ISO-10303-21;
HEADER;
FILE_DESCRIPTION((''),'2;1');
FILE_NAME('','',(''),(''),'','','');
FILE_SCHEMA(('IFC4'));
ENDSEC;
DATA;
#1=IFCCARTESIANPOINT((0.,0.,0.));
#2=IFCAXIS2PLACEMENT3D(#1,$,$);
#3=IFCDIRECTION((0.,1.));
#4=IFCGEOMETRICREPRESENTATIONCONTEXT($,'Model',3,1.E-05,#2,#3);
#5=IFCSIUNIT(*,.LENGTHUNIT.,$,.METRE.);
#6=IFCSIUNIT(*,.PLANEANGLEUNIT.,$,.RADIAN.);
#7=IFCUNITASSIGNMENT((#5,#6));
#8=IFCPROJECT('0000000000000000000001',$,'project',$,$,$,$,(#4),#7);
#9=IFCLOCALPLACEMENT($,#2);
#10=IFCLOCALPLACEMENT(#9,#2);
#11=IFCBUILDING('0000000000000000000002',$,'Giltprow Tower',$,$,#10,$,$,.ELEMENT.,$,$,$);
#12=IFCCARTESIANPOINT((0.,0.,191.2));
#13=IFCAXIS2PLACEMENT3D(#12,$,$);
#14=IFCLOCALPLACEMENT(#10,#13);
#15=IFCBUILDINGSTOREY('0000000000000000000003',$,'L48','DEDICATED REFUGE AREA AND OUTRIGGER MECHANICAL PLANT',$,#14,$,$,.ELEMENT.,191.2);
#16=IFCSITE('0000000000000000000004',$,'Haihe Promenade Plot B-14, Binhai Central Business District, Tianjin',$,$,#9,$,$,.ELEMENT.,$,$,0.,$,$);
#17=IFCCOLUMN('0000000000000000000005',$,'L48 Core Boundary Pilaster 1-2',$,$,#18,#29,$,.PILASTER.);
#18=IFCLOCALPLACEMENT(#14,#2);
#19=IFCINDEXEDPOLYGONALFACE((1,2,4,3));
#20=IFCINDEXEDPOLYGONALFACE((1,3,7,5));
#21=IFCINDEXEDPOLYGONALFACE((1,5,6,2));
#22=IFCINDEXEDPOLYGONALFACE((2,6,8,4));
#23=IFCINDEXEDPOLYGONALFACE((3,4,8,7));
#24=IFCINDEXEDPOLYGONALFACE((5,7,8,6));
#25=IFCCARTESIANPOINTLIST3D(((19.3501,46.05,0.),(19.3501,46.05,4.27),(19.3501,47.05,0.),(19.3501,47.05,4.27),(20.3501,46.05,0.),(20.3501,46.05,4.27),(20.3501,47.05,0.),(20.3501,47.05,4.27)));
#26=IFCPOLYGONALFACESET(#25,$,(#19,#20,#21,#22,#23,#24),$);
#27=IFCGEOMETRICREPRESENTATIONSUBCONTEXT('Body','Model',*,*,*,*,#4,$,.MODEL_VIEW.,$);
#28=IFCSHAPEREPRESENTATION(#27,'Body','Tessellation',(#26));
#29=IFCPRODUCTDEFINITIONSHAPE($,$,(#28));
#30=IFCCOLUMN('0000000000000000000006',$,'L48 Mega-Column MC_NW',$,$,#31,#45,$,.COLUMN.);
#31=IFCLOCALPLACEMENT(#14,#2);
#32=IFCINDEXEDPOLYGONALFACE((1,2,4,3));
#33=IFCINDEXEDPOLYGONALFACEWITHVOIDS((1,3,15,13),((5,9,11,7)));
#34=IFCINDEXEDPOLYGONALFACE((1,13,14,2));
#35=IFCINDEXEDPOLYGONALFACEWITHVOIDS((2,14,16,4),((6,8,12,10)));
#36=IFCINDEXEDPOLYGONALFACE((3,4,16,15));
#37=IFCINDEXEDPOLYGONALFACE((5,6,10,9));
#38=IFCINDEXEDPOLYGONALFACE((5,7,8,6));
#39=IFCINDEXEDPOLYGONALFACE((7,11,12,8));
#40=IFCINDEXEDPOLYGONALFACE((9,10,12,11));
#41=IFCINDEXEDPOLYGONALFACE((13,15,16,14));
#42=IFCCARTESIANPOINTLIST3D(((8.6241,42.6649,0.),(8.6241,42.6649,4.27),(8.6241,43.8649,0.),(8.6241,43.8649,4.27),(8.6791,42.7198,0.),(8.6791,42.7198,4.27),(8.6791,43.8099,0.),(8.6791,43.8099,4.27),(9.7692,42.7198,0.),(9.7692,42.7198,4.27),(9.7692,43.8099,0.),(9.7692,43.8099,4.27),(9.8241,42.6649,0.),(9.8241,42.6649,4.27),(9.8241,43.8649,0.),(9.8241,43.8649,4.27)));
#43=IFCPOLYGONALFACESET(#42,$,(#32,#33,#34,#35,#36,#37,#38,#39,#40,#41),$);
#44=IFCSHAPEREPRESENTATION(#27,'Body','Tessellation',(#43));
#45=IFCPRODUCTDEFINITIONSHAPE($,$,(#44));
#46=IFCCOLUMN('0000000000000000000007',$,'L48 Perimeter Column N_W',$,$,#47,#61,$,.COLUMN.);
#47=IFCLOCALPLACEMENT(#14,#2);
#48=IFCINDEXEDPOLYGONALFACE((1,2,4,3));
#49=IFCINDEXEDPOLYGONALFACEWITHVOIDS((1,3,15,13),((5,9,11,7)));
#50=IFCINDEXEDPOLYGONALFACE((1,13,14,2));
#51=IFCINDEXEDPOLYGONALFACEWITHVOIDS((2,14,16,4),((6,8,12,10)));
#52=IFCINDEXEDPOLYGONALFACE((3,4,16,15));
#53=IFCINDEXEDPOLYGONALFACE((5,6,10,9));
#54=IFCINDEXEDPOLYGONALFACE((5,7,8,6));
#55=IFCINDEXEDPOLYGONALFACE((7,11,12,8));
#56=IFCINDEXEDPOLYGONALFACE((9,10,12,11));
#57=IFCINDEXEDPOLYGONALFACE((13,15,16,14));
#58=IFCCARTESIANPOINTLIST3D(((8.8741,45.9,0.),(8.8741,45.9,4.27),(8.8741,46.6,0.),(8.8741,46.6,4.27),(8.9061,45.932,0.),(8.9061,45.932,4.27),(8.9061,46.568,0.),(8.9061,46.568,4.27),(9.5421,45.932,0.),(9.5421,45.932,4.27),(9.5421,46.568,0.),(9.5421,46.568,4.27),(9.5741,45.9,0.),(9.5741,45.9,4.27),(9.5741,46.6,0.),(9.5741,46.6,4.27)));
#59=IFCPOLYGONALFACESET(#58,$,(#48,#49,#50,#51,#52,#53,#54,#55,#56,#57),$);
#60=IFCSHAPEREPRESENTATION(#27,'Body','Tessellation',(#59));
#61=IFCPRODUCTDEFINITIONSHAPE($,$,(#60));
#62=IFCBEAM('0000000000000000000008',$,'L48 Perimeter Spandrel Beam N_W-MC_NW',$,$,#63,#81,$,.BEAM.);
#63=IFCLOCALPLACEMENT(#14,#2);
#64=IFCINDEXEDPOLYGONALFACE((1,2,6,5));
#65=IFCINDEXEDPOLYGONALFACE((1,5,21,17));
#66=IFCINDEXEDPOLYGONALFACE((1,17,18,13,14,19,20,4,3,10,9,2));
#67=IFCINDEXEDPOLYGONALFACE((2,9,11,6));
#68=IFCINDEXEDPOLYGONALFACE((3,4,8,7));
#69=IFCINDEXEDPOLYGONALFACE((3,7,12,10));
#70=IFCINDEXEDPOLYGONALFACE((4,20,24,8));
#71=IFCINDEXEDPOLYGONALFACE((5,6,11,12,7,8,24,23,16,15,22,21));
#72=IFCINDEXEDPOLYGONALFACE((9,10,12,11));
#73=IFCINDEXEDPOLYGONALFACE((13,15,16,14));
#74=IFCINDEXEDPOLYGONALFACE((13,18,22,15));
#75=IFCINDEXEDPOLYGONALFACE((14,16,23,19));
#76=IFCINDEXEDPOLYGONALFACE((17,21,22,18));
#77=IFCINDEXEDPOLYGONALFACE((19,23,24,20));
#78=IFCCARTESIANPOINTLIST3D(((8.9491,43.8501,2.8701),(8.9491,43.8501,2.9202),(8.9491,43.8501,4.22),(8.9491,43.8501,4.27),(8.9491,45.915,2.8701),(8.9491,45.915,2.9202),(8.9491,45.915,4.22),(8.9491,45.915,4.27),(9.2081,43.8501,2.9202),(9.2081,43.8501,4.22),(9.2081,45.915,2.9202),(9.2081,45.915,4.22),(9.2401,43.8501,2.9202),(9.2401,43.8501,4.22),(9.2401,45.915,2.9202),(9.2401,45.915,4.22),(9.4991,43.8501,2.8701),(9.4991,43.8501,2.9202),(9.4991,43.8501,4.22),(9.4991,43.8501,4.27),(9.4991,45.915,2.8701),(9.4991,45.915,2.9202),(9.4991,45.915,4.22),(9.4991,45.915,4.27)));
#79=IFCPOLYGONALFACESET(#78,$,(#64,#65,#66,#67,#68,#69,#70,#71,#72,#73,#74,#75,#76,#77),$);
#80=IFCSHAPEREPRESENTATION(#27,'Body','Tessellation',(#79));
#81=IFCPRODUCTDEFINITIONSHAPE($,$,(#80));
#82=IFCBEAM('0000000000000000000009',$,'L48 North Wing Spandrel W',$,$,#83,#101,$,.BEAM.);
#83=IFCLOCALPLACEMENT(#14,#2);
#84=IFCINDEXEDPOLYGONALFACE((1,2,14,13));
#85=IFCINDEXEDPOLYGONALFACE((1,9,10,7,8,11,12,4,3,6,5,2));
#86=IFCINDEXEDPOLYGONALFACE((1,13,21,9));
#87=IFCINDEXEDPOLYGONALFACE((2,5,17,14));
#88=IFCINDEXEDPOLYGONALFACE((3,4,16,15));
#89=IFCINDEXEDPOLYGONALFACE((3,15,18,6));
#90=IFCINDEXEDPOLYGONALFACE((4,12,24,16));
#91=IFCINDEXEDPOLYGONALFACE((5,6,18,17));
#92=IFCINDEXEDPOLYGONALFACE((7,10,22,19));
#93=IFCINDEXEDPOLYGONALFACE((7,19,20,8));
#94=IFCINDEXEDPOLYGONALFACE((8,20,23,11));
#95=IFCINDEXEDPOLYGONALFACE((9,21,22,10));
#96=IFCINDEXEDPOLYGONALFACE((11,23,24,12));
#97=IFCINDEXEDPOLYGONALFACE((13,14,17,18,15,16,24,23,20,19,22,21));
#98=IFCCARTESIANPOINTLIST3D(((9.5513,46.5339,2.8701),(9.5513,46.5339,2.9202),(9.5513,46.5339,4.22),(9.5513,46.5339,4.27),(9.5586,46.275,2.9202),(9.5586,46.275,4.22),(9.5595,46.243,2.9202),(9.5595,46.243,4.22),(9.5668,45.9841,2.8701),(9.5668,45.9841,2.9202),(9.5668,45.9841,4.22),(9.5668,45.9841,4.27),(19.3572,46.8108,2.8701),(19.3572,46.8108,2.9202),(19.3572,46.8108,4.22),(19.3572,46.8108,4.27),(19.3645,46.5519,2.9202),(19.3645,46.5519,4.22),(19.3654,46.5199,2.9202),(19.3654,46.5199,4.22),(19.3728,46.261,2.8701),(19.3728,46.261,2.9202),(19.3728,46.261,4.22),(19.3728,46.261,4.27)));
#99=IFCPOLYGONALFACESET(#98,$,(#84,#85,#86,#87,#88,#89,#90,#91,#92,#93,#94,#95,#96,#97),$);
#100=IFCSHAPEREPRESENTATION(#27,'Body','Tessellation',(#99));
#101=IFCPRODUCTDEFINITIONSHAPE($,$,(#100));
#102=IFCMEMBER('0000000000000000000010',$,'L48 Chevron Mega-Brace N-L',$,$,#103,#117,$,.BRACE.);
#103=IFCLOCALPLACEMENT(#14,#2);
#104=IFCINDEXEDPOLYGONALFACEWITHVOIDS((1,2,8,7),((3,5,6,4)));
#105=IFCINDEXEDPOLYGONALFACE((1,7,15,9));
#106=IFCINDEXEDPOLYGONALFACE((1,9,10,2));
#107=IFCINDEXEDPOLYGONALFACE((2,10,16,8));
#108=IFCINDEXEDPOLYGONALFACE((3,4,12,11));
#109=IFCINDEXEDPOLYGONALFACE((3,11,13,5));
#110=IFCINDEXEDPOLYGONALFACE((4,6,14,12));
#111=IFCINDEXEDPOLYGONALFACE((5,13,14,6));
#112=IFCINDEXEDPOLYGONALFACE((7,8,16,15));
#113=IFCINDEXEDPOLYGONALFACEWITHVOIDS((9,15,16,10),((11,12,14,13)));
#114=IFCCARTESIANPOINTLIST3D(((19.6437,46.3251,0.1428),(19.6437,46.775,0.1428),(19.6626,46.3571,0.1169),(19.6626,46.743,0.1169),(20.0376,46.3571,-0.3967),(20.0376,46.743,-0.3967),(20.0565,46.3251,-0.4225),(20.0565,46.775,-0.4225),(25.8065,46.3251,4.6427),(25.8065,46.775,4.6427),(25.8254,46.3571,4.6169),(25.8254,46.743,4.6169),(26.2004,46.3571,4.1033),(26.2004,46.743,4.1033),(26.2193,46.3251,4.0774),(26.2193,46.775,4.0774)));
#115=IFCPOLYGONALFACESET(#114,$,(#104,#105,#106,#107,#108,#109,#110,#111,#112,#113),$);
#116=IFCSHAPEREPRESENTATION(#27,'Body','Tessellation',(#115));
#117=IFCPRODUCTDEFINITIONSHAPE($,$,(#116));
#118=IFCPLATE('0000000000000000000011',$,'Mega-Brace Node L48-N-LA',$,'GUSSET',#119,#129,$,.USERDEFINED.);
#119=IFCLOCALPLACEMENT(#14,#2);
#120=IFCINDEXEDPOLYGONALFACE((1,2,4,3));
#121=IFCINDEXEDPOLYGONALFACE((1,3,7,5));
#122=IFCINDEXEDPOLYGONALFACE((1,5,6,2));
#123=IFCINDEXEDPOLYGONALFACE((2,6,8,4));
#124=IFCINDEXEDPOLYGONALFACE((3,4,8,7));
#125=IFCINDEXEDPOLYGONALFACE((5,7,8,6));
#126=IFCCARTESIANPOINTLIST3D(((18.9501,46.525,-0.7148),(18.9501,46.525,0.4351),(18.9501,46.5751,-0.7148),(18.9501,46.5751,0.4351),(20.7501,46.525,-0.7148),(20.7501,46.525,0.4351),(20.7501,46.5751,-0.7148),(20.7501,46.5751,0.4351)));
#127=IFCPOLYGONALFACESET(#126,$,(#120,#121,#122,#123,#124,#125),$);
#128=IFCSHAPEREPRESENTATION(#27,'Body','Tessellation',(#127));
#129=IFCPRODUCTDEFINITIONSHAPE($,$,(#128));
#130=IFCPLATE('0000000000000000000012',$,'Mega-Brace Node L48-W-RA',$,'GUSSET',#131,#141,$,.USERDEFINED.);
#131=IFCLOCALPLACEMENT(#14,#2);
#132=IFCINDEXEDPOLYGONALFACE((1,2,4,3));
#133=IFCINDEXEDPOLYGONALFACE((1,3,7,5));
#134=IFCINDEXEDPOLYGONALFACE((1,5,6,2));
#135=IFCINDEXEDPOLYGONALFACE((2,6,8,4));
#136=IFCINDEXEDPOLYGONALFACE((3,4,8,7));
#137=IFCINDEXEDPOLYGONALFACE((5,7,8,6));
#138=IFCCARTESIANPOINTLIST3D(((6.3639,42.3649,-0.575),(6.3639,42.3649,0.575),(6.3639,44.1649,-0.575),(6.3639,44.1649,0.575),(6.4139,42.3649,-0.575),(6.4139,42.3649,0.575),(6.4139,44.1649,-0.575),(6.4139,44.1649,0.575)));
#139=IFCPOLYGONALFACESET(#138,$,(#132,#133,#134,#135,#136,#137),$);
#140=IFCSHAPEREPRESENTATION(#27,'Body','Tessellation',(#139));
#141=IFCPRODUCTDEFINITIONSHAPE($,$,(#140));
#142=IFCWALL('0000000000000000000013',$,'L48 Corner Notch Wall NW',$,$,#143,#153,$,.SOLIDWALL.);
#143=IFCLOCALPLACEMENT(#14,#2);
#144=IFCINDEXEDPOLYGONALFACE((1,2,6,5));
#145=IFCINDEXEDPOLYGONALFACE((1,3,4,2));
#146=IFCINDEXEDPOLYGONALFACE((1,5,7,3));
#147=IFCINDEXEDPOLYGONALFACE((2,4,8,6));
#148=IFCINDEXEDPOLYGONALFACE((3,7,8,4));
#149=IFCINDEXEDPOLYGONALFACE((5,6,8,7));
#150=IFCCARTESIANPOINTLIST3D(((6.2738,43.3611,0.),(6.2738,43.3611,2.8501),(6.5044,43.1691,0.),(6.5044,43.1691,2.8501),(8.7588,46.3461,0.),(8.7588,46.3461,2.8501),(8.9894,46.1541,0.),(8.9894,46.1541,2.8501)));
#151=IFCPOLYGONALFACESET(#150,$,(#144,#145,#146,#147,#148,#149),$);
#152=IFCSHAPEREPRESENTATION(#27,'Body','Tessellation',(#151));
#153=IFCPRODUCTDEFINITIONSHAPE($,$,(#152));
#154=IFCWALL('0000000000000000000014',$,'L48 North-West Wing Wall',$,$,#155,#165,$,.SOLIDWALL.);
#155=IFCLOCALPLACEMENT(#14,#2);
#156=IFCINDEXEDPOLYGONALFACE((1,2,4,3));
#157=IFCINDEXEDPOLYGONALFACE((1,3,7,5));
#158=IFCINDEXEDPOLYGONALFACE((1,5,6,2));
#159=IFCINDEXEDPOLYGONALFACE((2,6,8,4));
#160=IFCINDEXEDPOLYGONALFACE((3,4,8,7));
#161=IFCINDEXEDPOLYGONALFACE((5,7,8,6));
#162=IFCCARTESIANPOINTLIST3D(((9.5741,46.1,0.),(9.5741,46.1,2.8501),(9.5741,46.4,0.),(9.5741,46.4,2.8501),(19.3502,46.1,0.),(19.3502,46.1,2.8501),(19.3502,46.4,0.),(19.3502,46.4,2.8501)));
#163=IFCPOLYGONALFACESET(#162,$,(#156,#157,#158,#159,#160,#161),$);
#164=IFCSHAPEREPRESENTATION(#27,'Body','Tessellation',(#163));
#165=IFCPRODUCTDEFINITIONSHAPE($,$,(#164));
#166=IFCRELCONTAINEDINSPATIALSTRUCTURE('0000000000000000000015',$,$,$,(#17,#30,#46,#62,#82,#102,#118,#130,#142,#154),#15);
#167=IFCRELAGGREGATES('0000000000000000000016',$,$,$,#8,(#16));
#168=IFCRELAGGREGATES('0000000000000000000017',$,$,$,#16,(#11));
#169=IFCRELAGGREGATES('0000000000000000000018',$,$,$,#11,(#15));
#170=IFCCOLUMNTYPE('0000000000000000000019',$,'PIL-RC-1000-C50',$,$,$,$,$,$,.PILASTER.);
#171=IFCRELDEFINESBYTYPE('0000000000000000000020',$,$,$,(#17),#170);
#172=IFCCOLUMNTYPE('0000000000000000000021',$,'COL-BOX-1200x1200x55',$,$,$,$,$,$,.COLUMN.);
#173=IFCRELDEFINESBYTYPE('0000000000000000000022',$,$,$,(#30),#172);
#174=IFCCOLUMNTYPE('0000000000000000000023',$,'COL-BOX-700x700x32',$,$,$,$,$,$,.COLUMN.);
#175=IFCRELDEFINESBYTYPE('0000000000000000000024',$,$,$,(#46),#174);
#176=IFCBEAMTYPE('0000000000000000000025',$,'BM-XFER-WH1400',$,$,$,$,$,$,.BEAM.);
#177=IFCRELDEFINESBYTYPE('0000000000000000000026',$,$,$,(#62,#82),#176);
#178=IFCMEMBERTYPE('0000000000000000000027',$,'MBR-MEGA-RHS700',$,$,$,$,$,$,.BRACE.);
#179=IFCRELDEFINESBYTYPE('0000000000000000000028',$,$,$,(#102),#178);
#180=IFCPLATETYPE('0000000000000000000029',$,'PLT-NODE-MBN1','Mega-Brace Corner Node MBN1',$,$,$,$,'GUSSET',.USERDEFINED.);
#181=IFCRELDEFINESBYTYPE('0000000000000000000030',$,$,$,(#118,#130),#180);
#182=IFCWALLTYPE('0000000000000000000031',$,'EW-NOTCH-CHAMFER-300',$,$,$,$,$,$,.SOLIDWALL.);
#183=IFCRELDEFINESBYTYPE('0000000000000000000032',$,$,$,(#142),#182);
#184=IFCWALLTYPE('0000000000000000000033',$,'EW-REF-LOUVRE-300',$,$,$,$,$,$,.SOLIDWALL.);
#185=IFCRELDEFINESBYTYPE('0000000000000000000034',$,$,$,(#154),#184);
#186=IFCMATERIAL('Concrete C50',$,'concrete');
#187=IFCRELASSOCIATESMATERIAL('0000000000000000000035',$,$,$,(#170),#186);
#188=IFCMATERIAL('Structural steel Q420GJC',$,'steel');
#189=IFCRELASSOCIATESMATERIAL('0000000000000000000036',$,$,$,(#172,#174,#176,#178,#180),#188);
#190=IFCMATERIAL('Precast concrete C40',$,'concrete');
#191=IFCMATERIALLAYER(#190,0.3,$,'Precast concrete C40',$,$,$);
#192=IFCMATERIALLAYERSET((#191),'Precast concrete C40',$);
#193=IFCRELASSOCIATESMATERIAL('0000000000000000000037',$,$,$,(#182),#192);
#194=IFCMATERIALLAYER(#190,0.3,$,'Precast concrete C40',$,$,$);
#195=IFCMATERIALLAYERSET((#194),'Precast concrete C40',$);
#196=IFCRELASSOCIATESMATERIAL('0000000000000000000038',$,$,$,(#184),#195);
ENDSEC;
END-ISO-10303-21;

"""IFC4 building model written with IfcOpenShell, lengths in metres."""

from ifc_helpers import new_model, si_unit, direction, frame, frame_2d, origin, origin_2d, place, context, subcontext, project, spatial, rectangle, hollow_rectangle, i_section, extrude, source, transform, mapped, material, layer, layer_set, material_profile, profile_set, type_object, element, save


model = new_model("IFC4")

# Units and contexts
model_context = context("Model", 3, precision=1e-05, world=origin(), true_north=direction((0.0, 1.0)))
body_context = subcontext(model_context, "Body", "Model", "MODEL_VIEW")
ifc_project = project(units=[si_unit("LENGTHUNIT", "METRE"), si_unit("PLANEANGLEUNIT", "RADIAN")], contexts=[model_context])

# Site, building, storey
site_placement = place(None, origin())
site = spatial("IfcSite", under=ifc_project, at=site_placement, Name="Haihe Promenade Plot B-14, Binhai Central Business District, Tianjin", CompositionType="ELEMENT", RefElevation=0.0)
building_placement = place(site_placement, origin())
building = spatial("IfcBuilding", under=site, at=building_placement, Name="Giltprow Tower", CompositionType="ELEMENT")
storey_placement = place(building_placement, frame((0.0, 0.0, 191.2)))
storey = spatial("IfcBuildingStorey", under=building, at=storey_placement, Name="L48", Description="DEDICATED REFUGE AREA AND OUTRIGGER MECHANICAL PLANT", CompositionType="ELEMENT", Elevation=191.2)

# Columns
ifc_material_1 = material(Name="Concrete C50", Category="concrete")
ifc_material_profile_1 = material_profile(ifc_material_1, rectangle(XDim=1.0, YDim=1.0, at=origin_2d()), Name="RC 1000x1000")
ifc_profile_set_1 = profile_set([ifc_material_profile_1], Name="Concrete C50")
column_type_1 = type_object("IfcColumnType", Name="PIL-RC-1000-C50", PredefinedType="PILASTER", material=ifc_profile_set_1)
shared_shape_1 = source(origin(), body_context, "Body", "SweptSolid", [
    extrude(rectangle(XDim=1.0, YDim=1.0, at=origin_2d()), origin(), (0.0, 0.0, 1.0), 4.27),
])
column_1_placement = place(storey_placement, frame((19.8501, 46.55, 0.0), z_axis=(0.0, 0.0, 1.0), x_axis=(1.0, 0.0, 0.0)))
element("IfcColumn", 1, at=column_1_placement, inside=storey, type_object=column_type_1, Name="L48 Core Boundary Pilaster 1-2", PredefinedType="PILASTER", context=body_context, shape_type="MappedRepresentation", body=[
    mapped(shared_shape_1, transform((0.0, 0.0, 0.0), x_axis=(1.0, 0.0, 0.0), y_axis=(0.0, 1.0, 0.0), z_axis=(0.0, 0.0, 1.0), scale=1.0)),
])
ifc_material_2 = material(Name="Structural steel Q420GJC", Category="steel")
ifc_material_profile_2 = material_profile(ifc_material_2, hollow_rectangle(XDim=1.2, YDim=1.2, WallThickness=0.0549, at=origin_2d()), Name="BOX 1200x1200x55")
ifc_profile_set_2 = profile_set([ifc_material_profile_2], Name="Structural steel Q420GJC")
column_type_2 = type_object("IfcColumnType", Name="COL-BOX-1200x1200x55", PredefinedType="COLUMN", material=ifc_profile_set_2)
shared_shape_2 = source(origin(), body_context, "Body", "SweptSolid", [
    extrude(hollow_rectangle(XDim=1.2, YDim=1.2, WallThickness=0.0549, at=origin_2d()), origin(), (0.0, 0.0, 1.0), 4.27),
])
column_2_placement = place(storey_placement, frame((9.2241, 43.2649, 0.0), z_axis=(0.0, 0.0, 1.0), x_axis=(1.0, 0.0, 0.0)))
element("IfcColumn", 2, at=column_2_placement, inside=storey, type_object=column_type_2, Name="L48 Mega-Column MC_NW", PredefinedType="COLUMN", context=body_context, shape_type="MappedRepresentation", body=[
    mapped(shared_shape_2, transform((0.0, 0.0, 0.0), x_axis=(1.0, 0.0, 0.0), y_axis=(0.0, 1.0, 0.0), z_axis=(0.0, 0.0, 1.0), scale=1.0)),
])
ifc_material_profile_3 = material_profile(ifc_material_2, hollow_rectangle(XDim=0.7, YDim=0.7, WallThickness=0.032, at=origin_2d()), Name="BOX 700x700x32")
ifc_profile_set_3 = profile_set([ifc_material_profile_3], Name="Structural steel Q420GJC")
column_type_3 = type_object("IfcColumnType", Name="COL-BOX-700x700x32", PredefinedType="COLUMN", material=ifc_profile_set_3)
shared_shape_3 = source(origin(), body_context, "Body", "SweptSolid", [
    extrude(hollow_rectangle(XDim=0.7, YDim=0.7, WallThickness=0.032, at=origin_2d()), origin(), (0.0, 0.0, 1.0), 4.27),
])
column_3_placement = place(storey_placement, frame((9.2241, 46.25, 0.0), z_axis=(0.0, 0.0, 1.0), x_axis=(1.0, 0.0, 0.0)))
element("IfcColumn", 3, at=column_3_placement, inside=storey, type_object=column_type_3, Name="L48 Perimeter Column N_W", PredefinedType="COLUMN", context=body_context, shape_type="MappedRepresentation", body=[
    mapped(shared_shape_3, transform((0.0, 0.0, 0.0), x_axis=(1.0, 0.0, 0.0), y_axis=(0.0, 1.0, 0.0), z_axis=(0.0, 0.0, 1.0), scale=1.0)),
])

# Beams
ifc_material_profile_4 = material_profile(ifc_material_2, i_section(OverallWidth=0.55, OverallDepth=1.3999, WebThickness=0.032, FlangeThickness=0.05, at=origin_2d()), Name="WH 1400x550x32x50")
ifc_profile_set_4 = profile_set([ifc_material_profile_4], Name="Structural steel Q420GJC")
beam_type = type_object("IfcBeamType", Name="BM-XFER-WH1400", PredefinedType="BEAM", material=ifc_profile_set_4)
shared_shape_4 = source(origin(), body_context, "Body", "SweptSolid", [
    extrude(i_section(OverallWidth=0.55, OverallDepth=1.3999, WebThickness=0.032, FlangeThickness=0.05, at=origin_2d()), origin(), (0.0, 0.0, 1.0), 2.0649),
])
beam_1_placement = place(storey_placement, frame((9.2241, 45.915, 3.5701), z_axis=(0.0, -1.0, 0.0), x_axis=(1.0, 0.0, 0.0)))
element("IfcBeam", 4, at=beam_1_placement, inside=storey, type_object=beam_type, Name="L48 Perimeter Spandrel Beam N_W-MC_NW", PredefinedType="BEAM", context=body_context, shape_type="MappedRepresentation", body=[
    mapped(shared_shape_4, transform((0.0, 0.0, 0.0), x_axis=(1.0, 0.0, 0.0), y_axis=(0.0, 1.0, 0.0), z_axis=(0.0, 0.0, 1.0), scale=1.0)),
])
shared_shape_5 = source(origin(), body_context, "Body", "SweptSolid", [
    extrude(i_section(OverallWidth=0.55, OverallDepth=1.3999, WebThickness=0.032, FlangeThickness=0.05, at=origin_2d()), origin(), (0.0, 0.0, 1.0), 9.8098),
])
beam_2_placement = place(storey_placement, frame((9.5591, 46.259, 3.5701), z_axis=(0.999602, 0.028222, 0.0), x_axis=(-0.028222, 0.999602, 0.0)))
element("IfcBeam", 5, at=beam_2_placement, inside=storey, type_object=beam_type, Name="L48 North Wing Spandrel W", PredefinedType="BEAM", context=body_context, shape_type="MappedRepresentation", body=[
    mapped(shared_shape_5, transform((0.0, 0.0, 0.0), x_axis=(1.0, 0.0, 0.0), y_axis=(0.0, 1.0, 0.0), z_axis=(0.0, 0.0, 1.0), scale=1.0)),
])

# Member
ifc_material_profile_5 = material_profile(ifc_material_2, hollow_rectangle(XDim=0.45, YDim=0.7, WallThickness=0.032, at=origin_2d()), Name="RHS 700x450x32")
ifc_profile_set_5 = profile_set([ifc_material_profile_5], Name="Structural steel Q420GJC")
member_type = type_object("IfcMemberType", Name="MBR-MEGA-RHS700", PredefinedType="BRACE", material=ifc_profile_set_5)
shared_shape_6 = source(origin(), body_context, "Body", "SweptSolid", [
    extrude(hollow_rectangle(XDim=0.45, YDim=0.7, WallThickness=0.032, at=origin_2d()), origin(), (0.0, 0.0, 1.0), 7.6309),
])
member_placement = place(storey_placement, frame((19.8501, 46.55, -0.1399), z_axis=(0.807617, 0.0, 0.589708), x_axis=(0.0, 1.0, 0.0)))
element("IfcMember", 6, at=member_placement, inside=storey, type_object=member_type, Name="L48 Chevron Mega-Brace N-L", PredefinedType="BRACE", context=body_context, shape_type="MappedRepresentation", body=[
    mapped(shared_shape_6, transform((0.0, 0.0, 0.0), x_axis=(1.0, 0.0, 0.0), y_axis=(0.0, 1.0, 0.0), z_axis=(0.0, 0.0, 1.0), scale=1.0)),
])

# Plates
plate_type = type_object("IfcPlateType", Name="PLT-NODE-MBN1", Description="Mega-Brace Corner Node MBN1", ElementType="GUSSET", PredefinedType="USERDEFINED", material=ifc_material_2)
shared_shape_7 = source(origin(), body_context, "Body", "SweptSolid", [
    extrude(rectangle(XDim=1.8, YDim=0.05, at=origin_2d()), origin(), (0.0, 0.0, 1.0), 1.1499),
])
for number, where, z_axis, x_axis, name in (
    (7, (19.8501, 46.55, -0.7148), (0.0, 0.0, 1.0), (1.0, 0.0, 0.0), "Mega-Brace Node L48-N-LA"),
    (8, (6.3889, 43.2649, -0.575), (0.0, 0.0, 1.0), (0.0, 1.0, 0.0), "Mega-Brace Node L48-W-RA"),
):
    element("IfcPlate", number, at=place(storey_placement, frame(where, z_axis=z_axis, x_axis=x_axis)), inside=storey, type_object=plate_type, Name=name, ObjectType="GUSSET", PredefinedType="USERDEFINED", context=body_context, shape_type="MappedRepresentation", body=[
        mapped(shared_shape_7, transform((0.0, 0.0, 0.0), x_axis=(1.0, 0.0, 0.0), y_axis=(0.0, 1.0, 0.0), z_axis=(0.0, 0.0, 1.0), scale=1.0)),
    ])

# Walls
ifc_material_3 = material(Name="Precast concrete C40", Category="concrete")
ifc_layer_1 = layer(ifc_material_3, 0.3, Name="Precast concrete C40")
ifc_layer_set_1 = layer_set([ifc_layer_1], Name="Precast concrete C40")
wall_type_1 = type_object("IfcWallType", Name="EW-NOTCH-CHAMFER-300", PredefinedType="SOLIDWALL", material=ifc_layer_set_1)
wall_1_placement = place(storey_placement, frame((8.874, 46.25, 0.0), z_axis=(0.0, 0.0, 1.0), x_axis=(-0.639807, -0.768535, 0.0)))
element("IfcWall", 9, at=wall_1_placement, inside=storey, type_object=wall_type_1, Name="L48 Corner Notch Wall NW", PredefinedType="SOLIDWALL", context=body_context, shape_type="SweptSolid", body=[
    extrude(rectangle(XDim=3.884, YDim=0.3, at=frame_2d((1.9419, 0.0))), origin(), (0.0, 0.0, 1.0), 2.8501),
])
ifc_layer_2 = layer(ifc_material_3, 0.3, Name="Precast concrete C40")
ifc_layer_set_2 = layer_set([ifc_layer_2], Name="Precast concrete C40")
wall_type_2 = type_object("IfcWallType", Name="EW-REF-LOUVRE-300", PredefinedType="SOLIDWALL", material=ifc_layer_set_2)
wall_2_placement = place(storey_placement, frame((9.574, 46.25, 0.0), z_axis=(0.0, 0.0, 1.0), x_axis=(1.0, 0.0, 0.0)))
element("IfcWall", 10, at=wall_2_placement, inside=storey, type_object=wall_type_2, Name="L48 North-West Wing Wall", PredefinedType="SOLIDWALL", context=body_context, shape_type="SweptSolid", body=[
    extrude(rectangle(XDim=9.7761, YDim=0.3, at=frame_2d((4.8882, 0.0))), origin(), (0.0, 0.0, 1.0), 2.8501),
])

save(model, "model.ifc")
